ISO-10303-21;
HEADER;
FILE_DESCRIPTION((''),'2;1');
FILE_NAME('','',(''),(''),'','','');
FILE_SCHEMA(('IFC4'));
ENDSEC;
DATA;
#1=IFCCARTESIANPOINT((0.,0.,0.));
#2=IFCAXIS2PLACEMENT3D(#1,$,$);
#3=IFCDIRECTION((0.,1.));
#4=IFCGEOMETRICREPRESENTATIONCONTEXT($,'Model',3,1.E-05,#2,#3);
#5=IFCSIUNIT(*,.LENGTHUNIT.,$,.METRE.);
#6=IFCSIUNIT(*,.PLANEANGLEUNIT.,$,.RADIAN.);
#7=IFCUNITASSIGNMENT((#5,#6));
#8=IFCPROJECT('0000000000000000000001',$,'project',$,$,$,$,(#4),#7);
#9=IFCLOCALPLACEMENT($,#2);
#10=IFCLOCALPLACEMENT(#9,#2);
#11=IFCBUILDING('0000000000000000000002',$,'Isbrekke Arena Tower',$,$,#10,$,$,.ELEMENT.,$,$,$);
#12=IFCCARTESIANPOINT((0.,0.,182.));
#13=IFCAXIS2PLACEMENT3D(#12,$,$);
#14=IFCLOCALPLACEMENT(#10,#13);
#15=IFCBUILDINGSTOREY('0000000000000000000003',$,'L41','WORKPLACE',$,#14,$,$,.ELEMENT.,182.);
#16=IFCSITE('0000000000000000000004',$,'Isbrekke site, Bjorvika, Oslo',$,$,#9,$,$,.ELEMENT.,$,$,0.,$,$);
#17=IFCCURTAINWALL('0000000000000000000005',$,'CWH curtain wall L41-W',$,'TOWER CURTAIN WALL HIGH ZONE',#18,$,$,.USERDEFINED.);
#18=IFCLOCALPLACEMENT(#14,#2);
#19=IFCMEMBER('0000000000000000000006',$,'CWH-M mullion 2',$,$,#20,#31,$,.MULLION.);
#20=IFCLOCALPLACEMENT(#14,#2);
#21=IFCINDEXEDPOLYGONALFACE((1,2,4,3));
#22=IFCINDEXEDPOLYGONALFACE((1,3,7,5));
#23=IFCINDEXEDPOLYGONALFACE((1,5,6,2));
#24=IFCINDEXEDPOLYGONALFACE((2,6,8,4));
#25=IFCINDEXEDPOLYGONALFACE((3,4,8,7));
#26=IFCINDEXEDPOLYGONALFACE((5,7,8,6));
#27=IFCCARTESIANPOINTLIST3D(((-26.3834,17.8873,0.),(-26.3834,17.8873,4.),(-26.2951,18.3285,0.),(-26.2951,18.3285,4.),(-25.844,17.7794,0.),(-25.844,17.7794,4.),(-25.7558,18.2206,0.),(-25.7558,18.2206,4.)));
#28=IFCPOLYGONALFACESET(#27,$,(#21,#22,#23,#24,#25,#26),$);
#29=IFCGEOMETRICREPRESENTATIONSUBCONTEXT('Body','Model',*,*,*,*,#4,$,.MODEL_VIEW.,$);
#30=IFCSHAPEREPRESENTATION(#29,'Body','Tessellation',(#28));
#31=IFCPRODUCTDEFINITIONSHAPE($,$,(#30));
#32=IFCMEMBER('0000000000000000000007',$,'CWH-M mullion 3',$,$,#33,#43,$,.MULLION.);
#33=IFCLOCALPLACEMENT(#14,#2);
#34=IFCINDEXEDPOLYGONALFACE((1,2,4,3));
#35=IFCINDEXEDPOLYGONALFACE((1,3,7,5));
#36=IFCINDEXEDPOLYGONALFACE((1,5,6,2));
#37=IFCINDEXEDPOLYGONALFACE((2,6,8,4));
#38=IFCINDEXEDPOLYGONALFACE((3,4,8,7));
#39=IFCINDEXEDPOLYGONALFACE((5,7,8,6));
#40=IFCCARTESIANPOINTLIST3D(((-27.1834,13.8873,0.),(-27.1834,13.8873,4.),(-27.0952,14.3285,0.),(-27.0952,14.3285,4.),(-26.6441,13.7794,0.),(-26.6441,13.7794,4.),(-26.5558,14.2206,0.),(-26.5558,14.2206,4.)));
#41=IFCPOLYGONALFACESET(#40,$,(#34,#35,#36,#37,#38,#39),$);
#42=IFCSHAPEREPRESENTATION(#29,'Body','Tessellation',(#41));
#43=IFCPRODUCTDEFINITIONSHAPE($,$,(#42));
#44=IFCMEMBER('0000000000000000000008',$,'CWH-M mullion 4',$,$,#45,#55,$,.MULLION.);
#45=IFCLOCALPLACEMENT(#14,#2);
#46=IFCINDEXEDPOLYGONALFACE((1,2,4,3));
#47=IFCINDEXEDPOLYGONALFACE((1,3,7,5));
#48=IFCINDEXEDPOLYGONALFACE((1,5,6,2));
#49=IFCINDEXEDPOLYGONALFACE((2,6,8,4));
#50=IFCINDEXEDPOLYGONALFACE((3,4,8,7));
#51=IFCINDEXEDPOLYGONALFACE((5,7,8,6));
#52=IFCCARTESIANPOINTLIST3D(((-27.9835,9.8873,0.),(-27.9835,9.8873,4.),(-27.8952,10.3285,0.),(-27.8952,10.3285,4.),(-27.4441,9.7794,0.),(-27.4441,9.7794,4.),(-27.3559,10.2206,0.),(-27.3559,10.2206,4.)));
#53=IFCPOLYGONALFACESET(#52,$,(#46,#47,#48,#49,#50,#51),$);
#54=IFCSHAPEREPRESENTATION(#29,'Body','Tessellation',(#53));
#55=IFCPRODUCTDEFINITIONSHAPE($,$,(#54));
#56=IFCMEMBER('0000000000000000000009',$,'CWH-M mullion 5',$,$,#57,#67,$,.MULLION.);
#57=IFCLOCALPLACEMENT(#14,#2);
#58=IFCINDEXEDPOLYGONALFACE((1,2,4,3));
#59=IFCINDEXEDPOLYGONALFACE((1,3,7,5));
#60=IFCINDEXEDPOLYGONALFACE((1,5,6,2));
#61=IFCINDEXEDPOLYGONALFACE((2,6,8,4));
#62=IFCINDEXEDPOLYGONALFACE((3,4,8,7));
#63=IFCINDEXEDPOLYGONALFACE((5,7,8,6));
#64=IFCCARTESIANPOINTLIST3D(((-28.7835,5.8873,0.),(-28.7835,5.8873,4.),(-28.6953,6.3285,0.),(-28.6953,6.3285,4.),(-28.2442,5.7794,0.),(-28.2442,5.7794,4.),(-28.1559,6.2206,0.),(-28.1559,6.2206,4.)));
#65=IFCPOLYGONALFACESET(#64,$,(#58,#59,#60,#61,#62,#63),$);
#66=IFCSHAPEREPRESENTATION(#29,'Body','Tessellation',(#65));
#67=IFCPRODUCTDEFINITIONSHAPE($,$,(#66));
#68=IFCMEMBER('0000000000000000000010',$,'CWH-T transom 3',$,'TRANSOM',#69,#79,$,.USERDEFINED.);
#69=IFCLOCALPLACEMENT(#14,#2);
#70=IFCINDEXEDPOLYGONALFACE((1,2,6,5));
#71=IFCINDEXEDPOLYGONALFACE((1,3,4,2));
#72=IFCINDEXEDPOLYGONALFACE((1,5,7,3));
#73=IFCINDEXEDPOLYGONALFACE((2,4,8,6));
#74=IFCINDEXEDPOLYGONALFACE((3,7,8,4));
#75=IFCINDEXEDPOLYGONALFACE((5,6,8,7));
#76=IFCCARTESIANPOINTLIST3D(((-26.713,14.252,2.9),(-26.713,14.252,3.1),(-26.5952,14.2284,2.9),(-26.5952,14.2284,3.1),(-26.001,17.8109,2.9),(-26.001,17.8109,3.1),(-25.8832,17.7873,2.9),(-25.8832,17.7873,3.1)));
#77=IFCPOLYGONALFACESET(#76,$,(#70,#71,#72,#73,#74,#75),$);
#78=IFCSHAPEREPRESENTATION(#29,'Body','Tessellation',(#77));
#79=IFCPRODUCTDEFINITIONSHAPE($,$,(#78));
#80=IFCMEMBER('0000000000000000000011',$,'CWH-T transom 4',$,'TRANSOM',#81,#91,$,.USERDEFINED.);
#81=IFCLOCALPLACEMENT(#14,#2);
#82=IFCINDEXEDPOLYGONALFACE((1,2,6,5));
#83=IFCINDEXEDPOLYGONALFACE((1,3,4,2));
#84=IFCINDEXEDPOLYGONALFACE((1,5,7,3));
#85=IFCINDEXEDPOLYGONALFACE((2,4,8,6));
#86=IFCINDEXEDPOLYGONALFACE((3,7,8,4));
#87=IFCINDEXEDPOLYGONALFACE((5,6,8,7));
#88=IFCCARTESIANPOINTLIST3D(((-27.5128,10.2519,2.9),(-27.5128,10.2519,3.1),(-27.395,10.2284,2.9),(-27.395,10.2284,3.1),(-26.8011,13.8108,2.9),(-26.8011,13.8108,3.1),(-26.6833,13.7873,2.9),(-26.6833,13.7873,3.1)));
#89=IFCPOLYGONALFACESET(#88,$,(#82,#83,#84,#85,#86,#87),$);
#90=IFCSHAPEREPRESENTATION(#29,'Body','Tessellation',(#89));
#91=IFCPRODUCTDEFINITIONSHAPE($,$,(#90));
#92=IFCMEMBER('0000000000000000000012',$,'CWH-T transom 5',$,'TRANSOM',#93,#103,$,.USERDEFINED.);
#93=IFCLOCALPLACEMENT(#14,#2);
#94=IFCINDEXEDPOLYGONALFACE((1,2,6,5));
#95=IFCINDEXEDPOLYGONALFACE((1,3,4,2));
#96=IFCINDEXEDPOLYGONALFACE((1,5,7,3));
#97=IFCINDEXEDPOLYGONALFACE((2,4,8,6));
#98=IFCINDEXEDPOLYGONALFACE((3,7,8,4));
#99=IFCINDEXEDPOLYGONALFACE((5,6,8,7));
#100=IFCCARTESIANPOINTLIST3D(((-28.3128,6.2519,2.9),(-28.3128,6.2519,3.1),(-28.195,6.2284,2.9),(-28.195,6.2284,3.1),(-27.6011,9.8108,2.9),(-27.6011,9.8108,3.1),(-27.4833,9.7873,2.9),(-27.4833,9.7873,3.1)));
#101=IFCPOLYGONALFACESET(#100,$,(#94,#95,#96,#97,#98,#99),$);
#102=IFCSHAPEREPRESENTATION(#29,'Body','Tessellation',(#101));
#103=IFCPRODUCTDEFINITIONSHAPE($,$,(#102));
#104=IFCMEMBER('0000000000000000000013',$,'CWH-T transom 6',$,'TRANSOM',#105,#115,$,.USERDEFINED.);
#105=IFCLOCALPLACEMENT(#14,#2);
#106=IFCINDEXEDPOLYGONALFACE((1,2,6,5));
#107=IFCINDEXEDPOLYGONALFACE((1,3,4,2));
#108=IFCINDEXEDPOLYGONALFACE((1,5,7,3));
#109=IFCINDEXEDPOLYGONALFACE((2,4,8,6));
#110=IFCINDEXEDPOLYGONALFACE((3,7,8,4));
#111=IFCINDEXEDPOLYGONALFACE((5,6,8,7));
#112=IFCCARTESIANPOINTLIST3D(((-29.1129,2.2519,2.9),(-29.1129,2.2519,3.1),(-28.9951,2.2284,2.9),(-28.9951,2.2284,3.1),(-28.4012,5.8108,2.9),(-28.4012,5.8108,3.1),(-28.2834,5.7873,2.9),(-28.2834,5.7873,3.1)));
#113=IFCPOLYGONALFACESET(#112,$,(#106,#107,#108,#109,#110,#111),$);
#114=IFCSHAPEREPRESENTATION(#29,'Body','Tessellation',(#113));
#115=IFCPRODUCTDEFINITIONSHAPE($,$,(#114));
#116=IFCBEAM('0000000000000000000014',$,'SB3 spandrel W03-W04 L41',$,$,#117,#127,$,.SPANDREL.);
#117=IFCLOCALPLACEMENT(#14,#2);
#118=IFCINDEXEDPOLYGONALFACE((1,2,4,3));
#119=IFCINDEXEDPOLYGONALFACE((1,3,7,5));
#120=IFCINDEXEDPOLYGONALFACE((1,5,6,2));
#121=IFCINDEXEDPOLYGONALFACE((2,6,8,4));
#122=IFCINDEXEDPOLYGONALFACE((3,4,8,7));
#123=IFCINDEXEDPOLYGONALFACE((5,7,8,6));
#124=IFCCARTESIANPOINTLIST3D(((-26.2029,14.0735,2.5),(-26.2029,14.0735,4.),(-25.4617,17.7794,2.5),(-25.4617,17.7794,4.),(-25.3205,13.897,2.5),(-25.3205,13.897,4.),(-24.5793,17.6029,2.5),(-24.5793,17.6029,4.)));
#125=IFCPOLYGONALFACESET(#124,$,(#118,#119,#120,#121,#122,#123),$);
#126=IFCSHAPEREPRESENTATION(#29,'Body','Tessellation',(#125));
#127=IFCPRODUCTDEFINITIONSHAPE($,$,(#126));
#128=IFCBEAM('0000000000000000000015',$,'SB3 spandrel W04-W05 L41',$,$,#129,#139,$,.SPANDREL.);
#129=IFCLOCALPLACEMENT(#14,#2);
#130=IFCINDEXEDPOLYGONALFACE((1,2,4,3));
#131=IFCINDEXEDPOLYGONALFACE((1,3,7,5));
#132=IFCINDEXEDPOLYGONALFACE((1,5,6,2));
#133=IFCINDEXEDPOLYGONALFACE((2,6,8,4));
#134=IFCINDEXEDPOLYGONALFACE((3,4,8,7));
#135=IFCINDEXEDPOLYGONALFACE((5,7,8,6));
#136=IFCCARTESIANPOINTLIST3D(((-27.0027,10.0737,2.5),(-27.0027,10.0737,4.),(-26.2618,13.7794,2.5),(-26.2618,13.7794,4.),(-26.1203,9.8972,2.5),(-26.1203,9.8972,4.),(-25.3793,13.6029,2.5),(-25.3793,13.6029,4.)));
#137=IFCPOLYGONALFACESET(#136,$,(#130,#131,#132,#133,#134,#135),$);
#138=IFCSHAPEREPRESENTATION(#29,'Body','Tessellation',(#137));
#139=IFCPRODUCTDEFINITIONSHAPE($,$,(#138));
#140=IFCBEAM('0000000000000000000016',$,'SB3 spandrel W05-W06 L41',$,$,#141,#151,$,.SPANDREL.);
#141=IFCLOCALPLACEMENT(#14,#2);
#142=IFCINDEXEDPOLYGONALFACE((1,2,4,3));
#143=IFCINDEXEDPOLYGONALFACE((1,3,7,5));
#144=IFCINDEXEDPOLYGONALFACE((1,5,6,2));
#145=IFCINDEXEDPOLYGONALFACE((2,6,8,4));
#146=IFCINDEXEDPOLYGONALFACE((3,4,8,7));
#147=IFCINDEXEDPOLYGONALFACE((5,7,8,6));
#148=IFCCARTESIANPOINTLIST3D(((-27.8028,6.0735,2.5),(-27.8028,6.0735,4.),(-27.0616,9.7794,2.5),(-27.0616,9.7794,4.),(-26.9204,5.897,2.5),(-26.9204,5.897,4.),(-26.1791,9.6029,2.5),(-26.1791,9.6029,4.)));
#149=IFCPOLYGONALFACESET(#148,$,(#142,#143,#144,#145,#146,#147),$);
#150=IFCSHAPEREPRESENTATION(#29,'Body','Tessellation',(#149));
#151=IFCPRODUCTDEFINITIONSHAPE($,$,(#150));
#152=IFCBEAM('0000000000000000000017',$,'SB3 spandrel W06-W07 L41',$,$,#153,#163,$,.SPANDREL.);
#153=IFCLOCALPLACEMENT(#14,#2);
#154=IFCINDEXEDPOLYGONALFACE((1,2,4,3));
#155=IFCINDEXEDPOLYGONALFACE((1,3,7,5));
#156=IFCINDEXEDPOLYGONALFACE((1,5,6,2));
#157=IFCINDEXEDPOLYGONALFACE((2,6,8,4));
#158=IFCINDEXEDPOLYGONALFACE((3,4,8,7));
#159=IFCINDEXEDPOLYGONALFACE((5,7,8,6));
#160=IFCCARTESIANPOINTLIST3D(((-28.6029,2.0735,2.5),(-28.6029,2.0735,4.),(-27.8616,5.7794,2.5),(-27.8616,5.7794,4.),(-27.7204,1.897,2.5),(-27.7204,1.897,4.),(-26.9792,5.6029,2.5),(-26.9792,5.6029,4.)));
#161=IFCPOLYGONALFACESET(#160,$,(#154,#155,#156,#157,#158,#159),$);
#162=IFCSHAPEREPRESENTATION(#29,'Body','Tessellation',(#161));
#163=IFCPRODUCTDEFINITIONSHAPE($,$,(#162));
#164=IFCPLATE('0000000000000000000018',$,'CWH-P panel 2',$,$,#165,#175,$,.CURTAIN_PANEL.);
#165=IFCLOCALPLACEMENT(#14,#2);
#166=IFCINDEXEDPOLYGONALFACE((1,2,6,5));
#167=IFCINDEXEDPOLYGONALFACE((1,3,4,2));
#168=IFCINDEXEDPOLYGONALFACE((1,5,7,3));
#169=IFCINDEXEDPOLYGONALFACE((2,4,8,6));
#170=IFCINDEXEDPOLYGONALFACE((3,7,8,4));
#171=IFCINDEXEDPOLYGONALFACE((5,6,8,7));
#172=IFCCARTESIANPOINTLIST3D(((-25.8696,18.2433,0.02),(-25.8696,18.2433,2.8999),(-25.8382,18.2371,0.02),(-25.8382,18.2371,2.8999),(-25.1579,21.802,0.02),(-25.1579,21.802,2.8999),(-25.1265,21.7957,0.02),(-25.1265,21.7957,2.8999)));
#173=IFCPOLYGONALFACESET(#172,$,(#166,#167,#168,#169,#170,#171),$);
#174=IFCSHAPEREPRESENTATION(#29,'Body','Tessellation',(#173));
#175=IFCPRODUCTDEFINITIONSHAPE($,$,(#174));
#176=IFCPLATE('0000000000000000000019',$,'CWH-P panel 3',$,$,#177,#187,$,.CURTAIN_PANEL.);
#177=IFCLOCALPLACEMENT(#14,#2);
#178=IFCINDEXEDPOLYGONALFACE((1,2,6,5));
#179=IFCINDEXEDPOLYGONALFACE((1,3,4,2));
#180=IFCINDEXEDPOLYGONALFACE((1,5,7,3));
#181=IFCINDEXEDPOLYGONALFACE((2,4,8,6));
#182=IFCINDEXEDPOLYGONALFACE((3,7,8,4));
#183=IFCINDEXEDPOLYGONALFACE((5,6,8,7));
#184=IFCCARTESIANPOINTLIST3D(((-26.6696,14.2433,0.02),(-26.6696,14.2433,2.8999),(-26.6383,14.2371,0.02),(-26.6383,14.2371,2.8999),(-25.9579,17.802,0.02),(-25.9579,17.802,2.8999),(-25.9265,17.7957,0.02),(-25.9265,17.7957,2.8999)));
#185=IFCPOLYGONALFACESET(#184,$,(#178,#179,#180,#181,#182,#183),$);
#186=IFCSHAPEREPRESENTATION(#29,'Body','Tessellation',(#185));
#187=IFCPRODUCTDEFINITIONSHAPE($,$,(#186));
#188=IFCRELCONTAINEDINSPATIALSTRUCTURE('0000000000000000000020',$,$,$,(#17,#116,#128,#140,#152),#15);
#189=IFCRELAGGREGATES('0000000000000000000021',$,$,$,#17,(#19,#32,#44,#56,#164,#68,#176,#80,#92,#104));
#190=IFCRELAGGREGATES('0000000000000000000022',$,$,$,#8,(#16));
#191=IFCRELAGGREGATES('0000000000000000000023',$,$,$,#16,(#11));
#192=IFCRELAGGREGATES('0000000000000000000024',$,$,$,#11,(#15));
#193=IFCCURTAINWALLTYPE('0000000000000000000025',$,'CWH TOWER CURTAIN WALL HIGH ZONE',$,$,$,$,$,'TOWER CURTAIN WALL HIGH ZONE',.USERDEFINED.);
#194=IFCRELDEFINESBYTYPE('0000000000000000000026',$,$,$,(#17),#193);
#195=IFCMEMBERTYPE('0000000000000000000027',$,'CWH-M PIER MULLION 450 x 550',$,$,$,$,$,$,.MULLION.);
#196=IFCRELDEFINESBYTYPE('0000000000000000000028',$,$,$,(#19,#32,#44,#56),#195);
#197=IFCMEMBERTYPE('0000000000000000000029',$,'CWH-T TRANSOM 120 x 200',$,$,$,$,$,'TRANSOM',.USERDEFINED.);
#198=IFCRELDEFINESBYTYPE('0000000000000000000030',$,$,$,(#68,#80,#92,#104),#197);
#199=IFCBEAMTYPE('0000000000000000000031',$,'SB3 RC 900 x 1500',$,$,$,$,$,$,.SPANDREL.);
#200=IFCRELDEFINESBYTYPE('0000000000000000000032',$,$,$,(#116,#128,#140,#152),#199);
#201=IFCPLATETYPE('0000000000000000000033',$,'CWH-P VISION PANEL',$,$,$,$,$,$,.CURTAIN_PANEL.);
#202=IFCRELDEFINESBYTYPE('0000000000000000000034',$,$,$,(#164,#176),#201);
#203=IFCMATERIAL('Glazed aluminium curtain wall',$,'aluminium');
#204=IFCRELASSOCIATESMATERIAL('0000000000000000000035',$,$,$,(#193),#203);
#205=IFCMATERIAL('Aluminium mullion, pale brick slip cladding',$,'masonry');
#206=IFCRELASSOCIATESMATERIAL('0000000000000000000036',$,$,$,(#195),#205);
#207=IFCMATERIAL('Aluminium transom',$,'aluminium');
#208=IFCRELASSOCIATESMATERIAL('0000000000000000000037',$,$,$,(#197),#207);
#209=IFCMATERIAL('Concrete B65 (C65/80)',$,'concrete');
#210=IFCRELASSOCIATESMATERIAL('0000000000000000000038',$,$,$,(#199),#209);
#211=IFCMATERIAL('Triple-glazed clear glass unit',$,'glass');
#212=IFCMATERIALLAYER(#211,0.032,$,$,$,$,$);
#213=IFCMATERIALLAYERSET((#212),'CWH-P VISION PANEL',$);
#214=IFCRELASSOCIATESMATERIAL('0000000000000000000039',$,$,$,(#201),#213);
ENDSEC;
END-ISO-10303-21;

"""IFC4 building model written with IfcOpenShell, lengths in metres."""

from ifc_helpers import new_model, si_unit, direction, frame, origin, origin_2d, place, context, subcontext, project, spatial, rectangle, extrude, material, layer, layer_set, material_profile, profile_set, type_object, element, aggregate, save


model = new_model("IFC4")

# Units and contexts
model_context = context("Model", 3, precision=1e-05, world=origin(), true_north=direction((0.0, 1.0)))
body_context = subcontext(model_context, "Body", "Model", "MODEL_VIEW")
ifc_project = project(units=[si_unit("LENGTHUNIT", "METRE"), si_unit("PLANEANGLEUNIT", "RADIAN")], contexts=[model_context])

# Site, building, storey
site_placement = place(None, origin())
site = spatial("IfcSite", under=ifc_project, at=site_placement, Name="Isbrekke site, Bjorvika, Oslo", CompositionType="ELEMENT", RefElevation=0.0)
building_placement = place(site_placement, origin())
building = spatial("IfcBuilding", under=site, at=building_placement, Name="Isbrekke Arena Tower", CompositionType="ELEMENT")
storey_placement = place(building_placement, frame((0.0, 0.0, 182.0)))
storey = spatial("IfcBuildingStorey", under=building, at=storey_placement, Name="L41", Description="WORKPLACE", CompositionType="ELEMENT", Elevation=182.0)

# Curtain wall, members
ifc_material_1 = material(Name="Glazed aluminium curtain wall", Category="aluminium")
curtain_wall_type = type_object("IfcCurtainWallType", Name="CWH TOWER CURTAIN WALL HIGH ZONE", ElementType="TOWER CURTAIN WALL HIGH ZONE", PredefinedType="USERDEFINED", material=ifc_material_1)
curtain_wall_placement = place(storey_placement, origin())
curtain_wall = element("IfcCurtainWall", 1, at=curtain_wall_placement, inside=storey, type_object=curtain_wall_type, Name="CWH curtain wall L41-W", ObjectType="TOWER CURTAIN WALL HIGH ZONE", PredefinedType="USERDEFINED")
ifc_material_2 = material(Name="Aluminium mullion, pale brick slip cladding", Category="masonry")
ifc_material_profile_1 = material_profile(ifc_material_2, rectangle(XDim=0.45, YDim=0.55, at=origin_2d()), Name="PIER 450X550")
ifc_profile_set_1 = profile_set([ifc_material_profile_1], Name="Aluminium mullion, pale brick slip cladding")
member_type_1 = type_object("IfcMemberType", Name="CWH-M PIER MULLION 450 x 550", PredefinedType="MULLION", material=ifc_profile_set_1)
member_1_placement = place(storey_placement, frame((-26.0696, 18.054, 0.0), z_axis=(0.0, 0.0, 1.0), x_axis=(-0.196116, -0.980581, 0.0)))
member_1 = element("IfcMember", 2, at=member_1_placement, type_object=member_type_1, Name="CWH-M mullion 2", PredefinedType="MULLION", context=body_context, shape_type="SweptSolid", body=[
    extrude(rectangle(XDim=0.45, YDim=0.55, at=origin_2d()), origin(), (0.0, 0.0, 1.0), 4.0),
])
member_2_placement = place(storey_placement, frame((-26.8696, 14.054, 0.0), z_axis=(0.0, 0.0, 1.0), x_axis=(-0.196116, -0.980581, 0.0)))
member_2 = element("IfcMember", 3, at=member_2_placement, type_object=member_type_1, Name="CWH-M mullion 3", PredefinedType="MULLION", context=body_context, shape_type="SweptSolid", body=[
    extrude(rectangle(XDim=0.45, YDim=0.55, at=origin_2d()), origin(), (0.0, 0.0, 1.0), 4.0),
])
member_3_placement = place(storey_placement, frame((-27.6697, 10.054, 0.0), z_axis=(0.0, 0.0, 1.0), x_axis=(-0.196116, -0.980581, 0.0)))
member_3 = element("IfcMember", 4, at=member_3_placement, type_object=member_type_1, Name="CWH-M mullion 4", PredefinedType="MULLION", context=body_context, shape_type="SweptSolid", body=[
    extrude(rectangle(XDim=0.45, YDim=0.55, at=origin_2d()), origin(), (0.0, 0.0, 1.0), 4.0),
])
member_4_placement = place(storey_placement, frame((-28.4697, 6.054, 0.0), z_axis=(0.0, 0.0, 1.0), x_axis=(-0.196116, -0.980581, 0.0)))
member_4 = element("IfcMember", 5, at=member_4_placement, type_object=member_type_1, Name="CWH-M mullion 5", PredefinedType="MULLION", context=body_context, shape_type="SweptSolid", body=[
    extrude(rectangle(XDim=0.45, YDim=0.55, at=origin_2d()), origin(), (0.0, 0.0, 1.0), 4.0),
])
ifc_material_3 = material(Name="Aluminium transom", Category="aluminium")
ifc_material_profile_2 = material_profile(ifc_material_3, rectangle(XDim=0.1201, YDim=0.2, at=origin_2d()), Name="TRANSOM 120X200")
ifc_profile_set_2 = profile_set([ifc_material_profile_2], Name="Aluminium transom")
member_type_2 = type_object("IfcMemberType", Name="CWH-T TRANSOM 120 x 200", ElementType="TRANSOM", PredefinedType="USERDEFINED", material=ifc_profile_set_2)
member_5_placement = place(storey_placement, frame((-25.9421, 17.7991, 3.0), z_axis=(-0.196155, -0.980573, 0.0), x_axis=(0.980573, -0.196155, 0.0)))
member_5 = element("IfcMember", 6, at=member_5_placement, type_object=member_type_2, Name="CWH-T transom 3", ObjectType="TRANSOM", PredefinedType="USERDEFINED", context=body_context, shape_type="SweptSolid", body=[
    extrude(rectangle(XDim=0.1201, YDim=0.2, at=origin_2d()), origin(), (0.0, 0.0, 1.0), 3.6294),
])
member_6_placement = place(storey_placement, frame((-26.7422, 13.7991, 3.0), z_axis=(-0.19609, -0.980586, 0.0), x_axis=(0.980586, -0.19609, 0.0)))
member_6 = element("IfcMember", 7, at=member_6_placement, type_object=member_type_2, Name="CWH-T transom 4", ObjectType="TRANSOM", PredefinedType="USERDEFINED", context=body_context, shape_type="SweptSolid", body=[
    extrude(rectangle(XDim=0.1201, YDim=0.2, at=origin_2d()), origin(), (0.0, 0.0, 1.0), 3.6294),
])
member_7_placement = place(storey_placement, frame((-27.5422, 9.7991, 3.0), z_axis=(-0.19609, -0.980586, 0.0), x_axis=(0.980586, -0.19609, 0.0)))
member_7 = element("IfcMember", 8, at=member_7_placement, type_object=member_type_2, Name="CWH-T transom 5", ObjectType="TRANSOM", PredefinedType="USERDEFINED", context=body_context, shape_type="SweptSolid", body=[
    extrude(rectangle(XDim=0.1201, YDim=0.2, at=origin_2d()), origin(), (0.0, 0.0, 1.0), 3.6294),
])
member_8_placement = place(storey_placement, frame((-28.3423, 5.7991, 3.0), z_axis=(-0.19609, -0.980586, 0.0), x_axis=(0.980586, -0.19609, 0.0)))
member_8 = element("IfcMember", 9, at=member_8_placement, type_object=member_type_2, Name="CWH-T transom 6", ObjectType="TRANSOM", PredefinedType="USERDEFINED", context=body_context, shape_type="SweptSolid", body=[
    extrude(rectangle(XDim=0.1201, YDim=0.2, at=origin_2d()), origin(), (0.0, 0.0, 1.0), 3.6294),
])

# Beams
ifc_material_4 = material(Name="Concrete B65 (C65/80)", Category="concrete")
ifc_material_profile_3 = material_profile(ifc_material_4, rectangle(XDim=0.8999, YDim=1.5, at=origin_2d()), Name="RC 900x1500")
ifc_profile_set_3 = profile_set([ifc_material_profile_3], Name="Concrete B65 (C65/80)")
beam_type_1 = type_object("IfcBeamType", Name="SB3 RC 900 x 1500", PredefinedType="SPANDREL", material=ifc_profile_set_3)
beam_1_placement = place(storey_placement, frame((-25.0205, 17.6912, 3.25), z_axis=(-0.196129, -0.980578, 0.0), x_axis=(0.980578, -0.196129, 0.0)))
element("IfcBeam", 10, at=beam_1_placement, inside=storey, type_object=beam_type_1, Name="SB3 spandrel W03-W04 L41", PredefinedType="SPANDREL", context=body_context, shape_type="SweptSolid", body=[
    extrude(rectangle(XDim=0.8999, YDim=1.5, at=origin_2d()), origin(), (0.0, 0.0, 1.0), 3.7793),
])
beam_2_placement = place(storey_placement, frame((-25.8206, 13.6912, 3.25), z_axis=(-0.196066, -0.980591, 0.0), x_axis=(0.980591, -0.196066, 0.0)))
element("IfcBeam", 11, at=beam_2_placement, inside=storey, type_object=beam_type_1, Name="SB3 spandrel W04-W05 L41", PredefinedType="SPANDREL", context=body_context, shape_type="SweptSolid", body=[
    extrude(rectangle(XDim=0.8999, YDim=1.5, at=origin_2d()), origin(), (0.0, 0.0, 1.0), 3.7791),
])
for number, where, z_axis, x_axis, name in (
    (12, (-26.6204, 9.6912, 3.25), (-0.196129, -0.980578, 0.0), (0.980578, -0.196129, 0.0), "SB3 spandrel W05-W06 L41"),
    (13, (-27.4204, 5.6912, 3.25), (-0.196129, -0.980578, 0.0), (0.980578, -0.196129, 0.0), "SB3 spandrel W06-W07 L41"),
):
    element("IfcBeam", number, at=place(storey_placement, frame(where, z_axis=z_axis, x_axis=x_axis)), inside=storey, type_object=beam_type_1, Name=name, PredefinedType="SPANDREL", context=body_context, shape_type="SweptSolid", body=[
        extrude(rectangle(XDim=0.8999, YDim=1.5, at=origin_2d()), origin(), (0.0, 0.0, 1.0), 3.7793),
    ])

# Plates
ifc_material_5 = material(Name="Triple-glazed clear glass unit", Category="glass")
ifc_layer_1 = layer(ifc_material_5, 0.032)
ifc_layer_set_1 = layer_set([ifc_layer_1], Name="CWH-P VISION PANEL")
plate_type = type_object("IfcPlateType", Name="CWH-P VISION PANEL", PredefinedType="CURTAIN_PANEL", material=ifc_layer_set_1)
plate_1_placement = place(storey_placement, frame((-25.498, 20.0195, 0.02), z_axis=(0.0, 0.0, 1.0), x_axis=(-0.196116, -0.980581, 0.0)))
plate_1 = element("IfcPlate", 14, at=plate_1_placement, type_object=plate_type, Name="CWH-P panel 2", PredefinedType="CURTAIN_PANEL", context=body_context, shape_type="SweptSolid", body=[
    extrude(rectangle(XDim=3.6292, YDim=0.032, at=origin_2d()), origin(), (0.0, 0.0, 1.0), 2.8799),
])
plate_2_placement = place(storey_placement, frame((-26.2981, 16.0195, 0.02), z_axis=(0.0, 0.0, 1.0), x_axis=(-0.196116, -0.980581, 0.0)))
plate_2 = element("IfcPlate", 15, at=plate_2_placement, type_object=plate_type, Name="CWH-P panel 3", PredefinedType="CURTAIN_PANEL", context=body_context, shape_type="SweptSolid", body=[
    extrude(rectangle(XDim=3.6292, YDim=0.032, at=origin_2d()), origin(), (0.0, 0.0, 1.0), 2.8799),
])
aggregate(curtain_wall, [member_1, member_2, member_3, member_4, plate_1, member_5, plate_2, member_6, member_7, member_8])

save(model, "model.ifc")
